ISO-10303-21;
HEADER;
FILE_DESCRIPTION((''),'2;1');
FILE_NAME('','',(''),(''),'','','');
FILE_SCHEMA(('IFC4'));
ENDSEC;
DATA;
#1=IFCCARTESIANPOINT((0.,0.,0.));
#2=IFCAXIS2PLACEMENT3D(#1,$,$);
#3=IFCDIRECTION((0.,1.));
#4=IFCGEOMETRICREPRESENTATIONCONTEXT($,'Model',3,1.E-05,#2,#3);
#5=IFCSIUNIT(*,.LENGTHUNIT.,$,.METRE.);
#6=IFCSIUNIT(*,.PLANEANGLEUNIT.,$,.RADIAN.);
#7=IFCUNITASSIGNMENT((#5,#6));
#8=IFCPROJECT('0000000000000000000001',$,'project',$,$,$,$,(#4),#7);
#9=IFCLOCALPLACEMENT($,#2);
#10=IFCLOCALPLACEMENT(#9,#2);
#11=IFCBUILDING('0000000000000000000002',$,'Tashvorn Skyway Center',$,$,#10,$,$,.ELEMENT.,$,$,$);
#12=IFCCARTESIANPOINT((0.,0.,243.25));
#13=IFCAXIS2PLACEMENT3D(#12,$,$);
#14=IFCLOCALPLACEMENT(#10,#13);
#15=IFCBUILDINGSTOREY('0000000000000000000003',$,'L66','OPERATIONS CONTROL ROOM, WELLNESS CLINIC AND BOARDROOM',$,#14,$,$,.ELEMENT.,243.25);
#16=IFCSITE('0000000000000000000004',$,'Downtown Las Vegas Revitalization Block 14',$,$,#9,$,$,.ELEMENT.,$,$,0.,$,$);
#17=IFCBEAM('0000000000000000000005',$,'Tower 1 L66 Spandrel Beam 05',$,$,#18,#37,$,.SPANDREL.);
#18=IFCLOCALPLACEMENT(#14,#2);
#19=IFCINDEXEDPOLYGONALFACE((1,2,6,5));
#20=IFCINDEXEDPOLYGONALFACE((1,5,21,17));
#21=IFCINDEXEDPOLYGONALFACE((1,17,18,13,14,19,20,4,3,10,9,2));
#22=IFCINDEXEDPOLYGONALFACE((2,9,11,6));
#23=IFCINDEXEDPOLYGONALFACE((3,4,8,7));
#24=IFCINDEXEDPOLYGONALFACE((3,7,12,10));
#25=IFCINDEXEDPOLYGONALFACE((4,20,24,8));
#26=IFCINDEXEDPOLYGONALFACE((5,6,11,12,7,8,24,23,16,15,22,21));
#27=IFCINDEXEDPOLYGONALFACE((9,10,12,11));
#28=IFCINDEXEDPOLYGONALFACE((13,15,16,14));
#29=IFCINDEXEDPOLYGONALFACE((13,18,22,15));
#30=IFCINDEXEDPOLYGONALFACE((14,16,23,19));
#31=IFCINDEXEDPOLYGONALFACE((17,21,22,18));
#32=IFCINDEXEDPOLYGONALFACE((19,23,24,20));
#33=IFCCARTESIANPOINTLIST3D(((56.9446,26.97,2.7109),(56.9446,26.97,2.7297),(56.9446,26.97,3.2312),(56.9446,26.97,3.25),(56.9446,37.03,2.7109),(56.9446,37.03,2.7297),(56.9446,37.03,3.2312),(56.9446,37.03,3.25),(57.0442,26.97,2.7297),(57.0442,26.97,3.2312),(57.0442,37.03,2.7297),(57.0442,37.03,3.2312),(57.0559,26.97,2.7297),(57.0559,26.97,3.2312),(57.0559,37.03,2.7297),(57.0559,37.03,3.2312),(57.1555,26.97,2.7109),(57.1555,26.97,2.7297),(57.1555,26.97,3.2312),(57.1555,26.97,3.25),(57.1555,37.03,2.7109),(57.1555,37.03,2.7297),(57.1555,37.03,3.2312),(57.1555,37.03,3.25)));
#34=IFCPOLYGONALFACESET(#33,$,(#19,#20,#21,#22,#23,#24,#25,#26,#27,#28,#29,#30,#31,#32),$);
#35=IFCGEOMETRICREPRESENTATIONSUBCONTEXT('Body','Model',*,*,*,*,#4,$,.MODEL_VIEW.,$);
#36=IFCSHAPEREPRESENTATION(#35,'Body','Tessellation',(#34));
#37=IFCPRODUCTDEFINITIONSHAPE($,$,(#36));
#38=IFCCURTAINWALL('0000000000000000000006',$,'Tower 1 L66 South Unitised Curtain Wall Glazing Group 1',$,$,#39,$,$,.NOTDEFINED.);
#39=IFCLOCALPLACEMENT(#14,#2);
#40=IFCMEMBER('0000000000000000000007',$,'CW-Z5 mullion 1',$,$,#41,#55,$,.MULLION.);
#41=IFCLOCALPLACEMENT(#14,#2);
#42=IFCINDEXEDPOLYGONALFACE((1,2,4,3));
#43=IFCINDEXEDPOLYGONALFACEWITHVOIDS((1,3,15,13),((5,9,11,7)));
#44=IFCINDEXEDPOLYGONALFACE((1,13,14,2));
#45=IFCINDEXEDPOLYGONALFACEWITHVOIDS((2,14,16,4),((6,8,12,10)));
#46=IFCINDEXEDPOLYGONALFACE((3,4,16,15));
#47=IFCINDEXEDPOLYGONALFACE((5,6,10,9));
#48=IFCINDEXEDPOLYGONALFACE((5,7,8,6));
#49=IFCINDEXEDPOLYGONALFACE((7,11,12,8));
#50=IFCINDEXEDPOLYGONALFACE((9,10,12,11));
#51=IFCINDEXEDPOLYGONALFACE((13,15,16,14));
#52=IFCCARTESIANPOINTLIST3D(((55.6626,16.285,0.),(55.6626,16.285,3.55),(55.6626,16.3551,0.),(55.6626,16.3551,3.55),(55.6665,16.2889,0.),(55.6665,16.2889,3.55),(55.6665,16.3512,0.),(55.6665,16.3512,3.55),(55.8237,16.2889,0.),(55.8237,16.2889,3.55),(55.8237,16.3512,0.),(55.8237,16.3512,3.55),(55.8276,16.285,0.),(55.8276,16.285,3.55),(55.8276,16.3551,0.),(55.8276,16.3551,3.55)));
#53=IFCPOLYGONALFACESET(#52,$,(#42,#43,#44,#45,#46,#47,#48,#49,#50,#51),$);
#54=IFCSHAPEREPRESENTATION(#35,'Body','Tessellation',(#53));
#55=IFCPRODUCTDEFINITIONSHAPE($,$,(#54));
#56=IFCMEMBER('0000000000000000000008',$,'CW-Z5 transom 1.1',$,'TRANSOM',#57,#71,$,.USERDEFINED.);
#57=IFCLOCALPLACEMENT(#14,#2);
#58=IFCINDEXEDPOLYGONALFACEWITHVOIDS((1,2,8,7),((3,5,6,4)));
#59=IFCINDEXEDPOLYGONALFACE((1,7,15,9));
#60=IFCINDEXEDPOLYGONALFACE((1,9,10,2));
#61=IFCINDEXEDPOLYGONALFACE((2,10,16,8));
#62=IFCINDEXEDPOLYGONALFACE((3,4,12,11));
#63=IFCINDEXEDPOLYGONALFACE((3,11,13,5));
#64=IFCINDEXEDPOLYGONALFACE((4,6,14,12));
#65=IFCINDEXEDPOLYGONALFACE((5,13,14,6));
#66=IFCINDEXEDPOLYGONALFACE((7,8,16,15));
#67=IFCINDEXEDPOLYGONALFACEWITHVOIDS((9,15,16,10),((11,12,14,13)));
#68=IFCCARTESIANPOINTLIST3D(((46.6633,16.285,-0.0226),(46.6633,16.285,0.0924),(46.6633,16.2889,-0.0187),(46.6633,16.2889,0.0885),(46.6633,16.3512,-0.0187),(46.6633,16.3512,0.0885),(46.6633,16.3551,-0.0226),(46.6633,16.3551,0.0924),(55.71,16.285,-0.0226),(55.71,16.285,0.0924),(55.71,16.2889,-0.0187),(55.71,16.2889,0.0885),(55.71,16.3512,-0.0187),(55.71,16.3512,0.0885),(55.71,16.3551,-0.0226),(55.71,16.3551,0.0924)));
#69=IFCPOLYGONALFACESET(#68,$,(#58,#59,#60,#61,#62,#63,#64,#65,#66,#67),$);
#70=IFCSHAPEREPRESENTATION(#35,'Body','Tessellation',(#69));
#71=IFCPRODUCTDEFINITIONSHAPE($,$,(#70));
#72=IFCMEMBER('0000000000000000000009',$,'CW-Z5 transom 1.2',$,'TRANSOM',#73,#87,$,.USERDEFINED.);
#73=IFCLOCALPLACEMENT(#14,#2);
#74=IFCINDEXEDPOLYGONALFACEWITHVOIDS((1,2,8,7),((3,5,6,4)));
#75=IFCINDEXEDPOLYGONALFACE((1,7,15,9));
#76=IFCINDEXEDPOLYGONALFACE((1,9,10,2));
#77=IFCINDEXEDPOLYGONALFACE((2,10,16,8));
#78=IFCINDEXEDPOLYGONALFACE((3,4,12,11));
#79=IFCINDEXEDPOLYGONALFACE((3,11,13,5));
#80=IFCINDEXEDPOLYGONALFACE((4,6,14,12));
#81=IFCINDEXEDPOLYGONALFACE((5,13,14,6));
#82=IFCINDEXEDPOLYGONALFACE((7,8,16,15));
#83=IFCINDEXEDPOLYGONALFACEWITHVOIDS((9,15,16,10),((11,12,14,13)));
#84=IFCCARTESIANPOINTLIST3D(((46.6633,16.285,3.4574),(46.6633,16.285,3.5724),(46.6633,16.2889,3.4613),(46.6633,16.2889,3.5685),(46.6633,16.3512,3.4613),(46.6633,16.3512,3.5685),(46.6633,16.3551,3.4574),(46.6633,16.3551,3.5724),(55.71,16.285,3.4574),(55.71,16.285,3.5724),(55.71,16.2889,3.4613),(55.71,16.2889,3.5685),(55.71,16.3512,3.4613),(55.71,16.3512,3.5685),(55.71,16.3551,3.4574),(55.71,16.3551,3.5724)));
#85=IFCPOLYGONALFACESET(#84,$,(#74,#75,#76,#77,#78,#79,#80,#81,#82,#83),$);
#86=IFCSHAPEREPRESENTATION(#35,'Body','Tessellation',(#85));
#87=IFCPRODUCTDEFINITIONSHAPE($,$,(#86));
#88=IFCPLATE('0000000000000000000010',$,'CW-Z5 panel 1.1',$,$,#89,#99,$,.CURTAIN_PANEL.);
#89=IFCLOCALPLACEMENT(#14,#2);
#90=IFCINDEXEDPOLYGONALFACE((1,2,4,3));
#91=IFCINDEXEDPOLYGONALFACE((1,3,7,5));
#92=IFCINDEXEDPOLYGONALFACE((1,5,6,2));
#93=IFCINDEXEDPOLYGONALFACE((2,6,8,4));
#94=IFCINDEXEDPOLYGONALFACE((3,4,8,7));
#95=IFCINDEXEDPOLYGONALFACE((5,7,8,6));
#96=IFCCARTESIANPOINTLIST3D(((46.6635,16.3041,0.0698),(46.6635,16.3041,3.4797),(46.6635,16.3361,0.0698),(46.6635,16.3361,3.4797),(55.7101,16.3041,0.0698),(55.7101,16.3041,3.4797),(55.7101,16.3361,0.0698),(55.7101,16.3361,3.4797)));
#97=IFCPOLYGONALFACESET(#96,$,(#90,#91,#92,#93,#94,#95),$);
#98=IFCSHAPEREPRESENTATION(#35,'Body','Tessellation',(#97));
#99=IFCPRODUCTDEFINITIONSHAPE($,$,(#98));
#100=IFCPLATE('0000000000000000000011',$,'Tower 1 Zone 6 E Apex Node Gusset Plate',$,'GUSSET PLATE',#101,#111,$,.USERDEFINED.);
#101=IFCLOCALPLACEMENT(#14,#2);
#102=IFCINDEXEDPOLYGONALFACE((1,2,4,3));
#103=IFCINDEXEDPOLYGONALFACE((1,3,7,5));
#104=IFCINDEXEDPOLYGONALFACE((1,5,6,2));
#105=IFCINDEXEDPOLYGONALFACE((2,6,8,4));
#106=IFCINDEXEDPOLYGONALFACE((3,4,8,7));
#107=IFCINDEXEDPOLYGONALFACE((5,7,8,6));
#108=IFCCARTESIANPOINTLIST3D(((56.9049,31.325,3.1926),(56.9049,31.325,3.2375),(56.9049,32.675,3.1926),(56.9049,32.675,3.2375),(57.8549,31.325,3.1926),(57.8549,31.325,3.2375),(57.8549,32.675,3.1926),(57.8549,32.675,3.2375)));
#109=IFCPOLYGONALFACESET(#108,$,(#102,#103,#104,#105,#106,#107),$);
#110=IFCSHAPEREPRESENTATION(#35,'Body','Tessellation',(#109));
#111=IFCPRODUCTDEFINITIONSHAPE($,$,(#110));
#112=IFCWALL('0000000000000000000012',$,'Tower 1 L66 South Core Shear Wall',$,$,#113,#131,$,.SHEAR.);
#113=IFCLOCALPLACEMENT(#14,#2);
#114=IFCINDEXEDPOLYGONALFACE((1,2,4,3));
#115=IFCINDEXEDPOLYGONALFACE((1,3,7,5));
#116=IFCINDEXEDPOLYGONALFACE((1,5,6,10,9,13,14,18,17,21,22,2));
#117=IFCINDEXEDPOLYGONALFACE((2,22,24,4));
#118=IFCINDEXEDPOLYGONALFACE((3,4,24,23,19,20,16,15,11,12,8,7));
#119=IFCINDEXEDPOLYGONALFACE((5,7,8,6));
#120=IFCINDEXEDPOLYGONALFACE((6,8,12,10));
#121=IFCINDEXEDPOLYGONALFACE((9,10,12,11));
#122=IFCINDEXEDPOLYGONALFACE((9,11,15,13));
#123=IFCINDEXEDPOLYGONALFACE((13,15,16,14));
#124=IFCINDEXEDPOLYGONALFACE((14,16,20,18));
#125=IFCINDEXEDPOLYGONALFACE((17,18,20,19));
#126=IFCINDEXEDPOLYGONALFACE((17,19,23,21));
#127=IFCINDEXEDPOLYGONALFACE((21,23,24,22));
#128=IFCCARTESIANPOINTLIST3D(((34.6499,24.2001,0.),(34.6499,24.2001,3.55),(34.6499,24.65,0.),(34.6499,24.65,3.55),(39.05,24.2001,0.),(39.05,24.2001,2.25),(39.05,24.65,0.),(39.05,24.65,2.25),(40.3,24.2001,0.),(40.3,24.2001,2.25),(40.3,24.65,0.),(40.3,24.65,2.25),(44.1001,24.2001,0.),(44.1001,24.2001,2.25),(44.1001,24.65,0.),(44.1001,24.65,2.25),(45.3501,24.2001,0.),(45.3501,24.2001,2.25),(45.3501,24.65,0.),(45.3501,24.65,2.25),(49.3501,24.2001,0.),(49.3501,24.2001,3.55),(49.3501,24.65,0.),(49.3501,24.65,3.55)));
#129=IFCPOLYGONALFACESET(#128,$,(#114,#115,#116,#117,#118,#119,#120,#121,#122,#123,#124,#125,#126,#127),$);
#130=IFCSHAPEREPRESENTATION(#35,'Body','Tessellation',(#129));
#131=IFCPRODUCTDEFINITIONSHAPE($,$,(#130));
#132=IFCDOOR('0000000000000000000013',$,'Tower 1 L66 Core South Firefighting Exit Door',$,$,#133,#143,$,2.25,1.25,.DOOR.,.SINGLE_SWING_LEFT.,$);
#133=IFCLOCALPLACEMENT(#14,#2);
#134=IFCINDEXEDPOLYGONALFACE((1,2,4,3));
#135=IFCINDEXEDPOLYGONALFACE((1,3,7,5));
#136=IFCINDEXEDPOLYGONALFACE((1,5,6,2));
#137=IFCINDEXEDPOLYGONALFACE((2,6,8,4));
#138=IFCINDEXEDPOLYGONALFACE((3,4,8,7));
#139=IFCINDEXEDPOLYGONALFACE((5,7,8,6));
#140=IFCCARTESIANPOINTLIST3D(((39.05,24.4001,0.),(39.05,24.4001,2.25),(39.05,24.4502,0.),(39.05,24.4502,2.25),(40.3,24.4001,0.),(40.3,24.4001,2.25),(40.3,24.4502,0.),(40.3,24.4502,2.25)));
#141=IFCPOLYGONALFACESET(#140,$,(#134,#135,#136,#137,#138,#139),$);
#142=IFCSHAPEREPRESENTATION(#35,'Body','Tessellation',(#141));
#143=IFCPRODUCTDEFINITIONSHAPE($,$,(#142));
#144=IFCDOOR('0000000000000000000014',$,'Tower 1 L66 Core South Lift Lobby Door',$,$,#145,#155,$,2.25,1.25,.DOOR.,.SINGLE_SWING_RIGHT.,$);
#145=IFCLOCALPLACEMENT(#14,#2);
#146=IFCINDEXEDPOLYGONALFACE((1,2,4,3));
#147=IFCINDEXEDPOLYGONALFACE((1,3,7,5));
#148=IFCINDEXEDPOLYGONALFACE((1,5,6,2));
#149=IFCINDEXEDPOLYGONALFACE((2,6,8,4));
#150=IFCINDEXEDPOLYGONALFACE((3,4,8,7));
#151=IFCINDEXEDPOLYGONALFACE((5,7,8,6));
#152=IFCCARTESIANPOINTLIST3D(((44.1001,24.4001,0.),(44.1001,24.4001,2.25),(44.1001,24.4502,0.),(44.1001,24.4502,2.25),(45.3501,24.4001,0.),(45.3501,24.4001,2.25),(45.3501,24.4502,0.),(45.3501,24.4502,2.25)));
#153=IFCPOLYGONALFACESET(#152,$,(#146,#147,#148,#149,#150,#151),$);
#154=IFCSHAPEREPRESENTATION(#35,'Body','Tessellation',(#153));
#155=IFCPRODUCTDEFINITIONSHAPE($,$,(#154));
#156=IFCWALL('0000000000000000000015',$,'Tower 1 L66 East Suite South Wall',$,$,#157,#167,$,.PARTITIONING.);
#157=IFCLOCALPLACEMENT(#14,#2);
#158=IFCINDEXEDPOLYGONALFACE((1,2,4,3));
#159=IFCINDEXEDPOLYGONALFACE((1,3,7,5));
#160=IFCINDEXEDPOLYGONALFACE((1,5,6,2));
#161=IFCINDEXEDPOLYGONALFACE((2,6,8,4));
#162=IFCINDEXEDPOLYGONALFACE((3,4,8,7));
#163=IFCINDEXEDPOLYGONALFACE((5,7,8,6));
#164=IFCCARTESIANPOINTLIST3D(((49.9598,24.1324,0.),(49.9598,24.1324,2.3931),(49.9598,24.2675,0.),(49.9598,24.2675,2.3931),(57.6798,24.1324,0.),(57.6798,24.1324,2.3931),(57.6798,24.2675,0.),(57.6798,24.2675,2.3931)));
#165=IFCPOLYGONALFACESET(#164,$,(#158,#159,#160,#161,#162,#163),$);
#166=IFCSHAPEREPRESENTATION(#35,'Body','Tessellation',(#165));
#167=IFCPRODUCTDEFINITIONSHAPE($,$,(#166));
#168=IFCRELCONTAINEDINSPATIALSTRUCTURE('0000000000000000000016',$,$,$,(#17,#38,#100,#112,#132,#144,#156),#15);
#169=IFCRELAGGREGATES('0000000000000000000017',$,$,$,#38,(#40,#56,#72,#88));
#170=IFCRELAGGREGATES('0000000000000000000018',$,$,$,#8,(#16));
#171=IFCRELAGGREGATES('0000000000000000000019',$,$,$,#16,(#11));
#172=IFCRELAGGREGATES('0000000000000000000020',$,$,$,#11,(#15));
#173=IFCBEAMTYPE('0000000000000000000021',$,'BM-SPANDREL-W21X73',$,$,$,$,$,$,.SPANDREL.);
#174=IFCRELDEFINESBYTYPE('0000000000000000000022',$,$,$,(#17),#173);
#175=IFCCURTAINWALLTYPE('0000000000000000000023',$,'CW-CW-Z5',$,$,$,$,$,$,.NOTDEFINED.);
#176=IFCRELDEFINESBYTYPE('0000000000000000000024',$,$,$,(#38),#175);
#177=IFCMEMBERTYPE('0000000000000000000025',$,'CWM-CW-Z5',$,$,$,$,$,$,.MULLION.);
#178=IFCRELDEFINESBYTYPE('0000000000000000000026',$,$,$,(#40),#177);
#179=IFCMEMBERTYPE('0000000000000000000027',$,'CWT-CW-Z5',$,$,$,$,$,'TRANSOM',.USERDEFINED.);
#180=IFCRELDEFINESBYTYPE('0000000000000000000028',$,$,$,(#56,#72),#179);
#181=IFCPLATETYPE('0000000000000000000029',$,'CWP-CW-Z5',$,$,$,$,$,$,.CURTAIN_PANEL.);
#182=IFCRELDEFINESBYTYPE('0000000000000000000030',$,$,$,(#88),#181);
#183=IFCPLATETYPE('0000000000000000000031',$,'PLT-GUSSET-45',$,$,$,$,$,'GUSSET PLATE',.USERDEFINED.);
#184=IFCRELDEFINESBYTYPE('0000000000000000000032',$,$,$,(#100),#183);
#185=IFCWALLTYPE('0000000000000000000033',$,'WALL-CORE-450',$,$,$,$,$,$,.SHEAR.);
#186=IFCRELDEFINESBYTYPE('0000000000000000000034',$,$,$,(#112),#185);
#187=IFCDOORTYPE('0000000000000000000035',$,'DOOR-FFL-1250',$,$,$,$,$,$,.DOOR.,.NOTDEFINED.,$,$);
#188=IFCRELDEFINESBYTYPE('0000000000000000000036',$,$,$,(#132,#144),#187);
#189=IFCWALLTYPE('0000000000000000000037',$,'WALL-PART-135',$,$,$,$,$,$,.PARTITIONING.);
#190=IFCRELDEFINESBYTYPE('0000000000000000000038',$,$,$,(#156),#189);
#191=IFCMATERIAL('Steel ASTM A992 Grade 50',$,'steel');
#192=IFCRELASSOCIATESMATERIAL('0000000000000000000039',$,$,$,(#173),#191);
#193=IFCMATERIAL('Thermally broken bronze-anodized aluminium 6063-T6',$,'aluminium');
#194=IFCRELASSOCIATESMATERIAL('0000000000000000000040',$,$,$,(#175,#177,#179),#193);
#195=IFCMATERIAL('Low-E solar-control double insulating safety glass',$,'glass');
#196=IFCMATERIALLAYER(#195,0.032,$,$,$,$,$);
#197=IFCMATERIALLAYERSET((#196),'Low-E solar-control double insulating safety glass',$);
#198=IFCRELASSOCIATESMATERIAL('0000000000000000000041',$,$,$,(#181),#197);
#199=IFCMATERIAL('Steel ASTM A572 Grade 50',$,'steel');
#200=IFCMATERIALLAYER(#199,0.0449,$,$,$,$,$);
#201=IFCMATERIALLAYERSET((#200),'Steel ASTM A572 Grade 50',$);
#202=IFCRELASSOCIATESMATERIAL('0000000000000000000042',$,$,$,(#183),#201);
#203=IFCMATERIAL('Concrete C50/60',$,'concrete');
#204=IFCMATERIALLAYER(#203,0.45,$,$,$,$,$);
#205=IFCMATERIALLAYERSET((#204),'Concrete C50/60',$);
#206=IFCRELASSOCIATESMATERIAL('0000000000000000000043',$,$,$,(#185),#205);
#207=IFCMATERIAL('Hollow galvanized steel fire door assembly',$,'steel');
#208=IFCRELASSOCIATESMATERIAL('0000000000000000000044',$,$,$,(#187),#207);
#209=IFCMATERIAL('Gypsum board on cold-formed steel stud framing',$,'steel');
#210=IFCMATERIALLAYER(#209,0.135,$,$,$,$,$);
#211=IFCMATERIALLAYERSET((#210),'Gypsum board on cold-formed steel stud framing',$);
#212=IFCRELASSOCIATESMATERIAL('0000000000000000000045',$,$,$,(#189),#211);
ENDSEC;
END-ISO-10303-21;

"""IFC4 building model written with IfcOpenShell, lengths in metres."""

from ifc_helpers import new_model, si_unit, direction, frame, frame_2d, origin, origin_2d, place, context, subcontext, project, spatial, rectangle, hollow_rectangle, i_section, extrude, material, layer, layer_set, material_profile, profile_set, type_object, element, fill, aggregate, save


model = new_model("IFC4")

# Units and contexts
model_context = context("Model", 3, precision=1e-05, world=origin(), true_north=direction((0.0, 1.0)))
body_context = subcontext(model_context, "Body", "Model", "MODEL_VIEW")
ifc_project = project(units=[si_unit("LENGTHUNIT", "METRE"), si_unit("PLANEANGLEUNIT", "RADIAN")], contexts=[model_context])

# Site, building, storey
site_placement = place(None, origin())
site = spatial("IfcSite", under=ifc_project, at=site_placement, Name="Downtown Las Vegas Revitalization Block 14", CompositionType="ELEMENT", RefElevation=0.0)
building_placement = place(site_placement, origin())
building = spatial("IfcBuilding", under=site, at=building_placement, Name="Tashvorn Skyway Center", CompositionType="ELEMENT")
storey_placement = place(building_placement, frame((0.0, 0.0, 243.25)))
storey = spatial("IfcBuildingStorey", under=building, at=storey_placement, Name="L66", Description="OPERATIONS CONTROL ROOM, WELLNESS CLINIC AND BOARDROOM", CompositionType="ELEMENT", Elevation=243.25)

# Shared definitions
ifc_material_1 = material(Name="Steel ASTM A572 Grade 50", Category="steel")

# Beam
ifc_material_2 = material(Name="Steel ASTM A992 Grade 50", Category="steel")
ifc_material_profile_1 = material_profile(ifc_material_2, i_section(OverallWidth=0.2109, OverallDepth=0.5391, WebThickness=0.0117, FlangeThickness=0.0188, at=origin_2d()), Name="W21X73")
ifc_profile_set_1 = profile_set([ifc_material_profile_1], Name="Steel ASTM A992 Grade 50")
beam_type_1 = type_object("IfcBeamType", Name="BM-SPANDREL-W21X73", PredefinedType="SPANDREL", material=ifc_profile_set_1)
beam_1_placement = place(storey_placement, frame((57.05, 26.97, 2.9805), z_axis=(0.0, 1.0, 0.0), x_axis=(-1.0, 0.0, 0.0)))
element("IfcBeam", 1, at=beam_1_placement, inside=storey, type_object=beam_type_1, Name="Tower 1 L66 Spandrel Beam 05", PredefinedType="SPANDREL", context=body_context, shape_type="SweptSolid", body=[
    extrude(i_section(OverallWidth=0.2109, OverallDepth=0.5391, WebThickness=0.0117, FlangeThickness=0.0188, at=origin_2d()), origin(), (0.0, 0.0, 1.0), 10.0601),
])

# Curtain wall, members, plate
ifc_material_3 = material(Name="Thermally broken bronze-anodized aluminium 6063-T6", Category="aluminium")
curtain_wall_type = type_object("IfcCurtainWallType", Name="CW-CW-Z5", PredefinedType="NOTDEFINED", material=ifc_material_3)
curtain_wall_placement = place(storey_placement, origin())
curtain_wall = element("IfcCurtainWall", 2, at=curtain_wall_placement, inside=storey, type_object=curtain_wall_type, Name="Tower 1 L66 South Unitised Curtain Wall Glazing Group 1", PredefinedType="NOTDEFINED")
ifc_material_profile_2 = material_profile(ifc_material_3, hollow_rectangle(XDim=0.0701, YDim=0.165, WallThickness=0.0039, at=origin_2d()), Name="ALU-MULL-70x165")
ifc_profile_set_2 = profile_set([ifc_material_profile_2], Name="Thermally broken bronze-anodized aluminium 6063-T6")
member_type_1 = type_object("IfcMemberType", Name="CWM-CW-Z5", PredefinedType="MULLION", material=ifc_profile_set_2)
member_1_placement = place(storey_placement, frame((55.7451, 16.3201, 0.0), z_axis=(0.0, 0.0, 1.0), x_axis=(0.0, -1.0, 0.0)))
member_1 = element("IfcMember", 3, at=member_1_placement, type_object=member_type_1, Name="CW-Z5 mullion 1", PredefinedType="MULLION", context=body_context, shape_type="SweptSolid", body=[
    extrude(hollow_rectangle(XDim=0.0701, YDim=0.165, WallThickness=0.0039, at=origin_2d()), origin(), (0.0, 0.0, 1.0), 3.55),
])
ifc_material_profile_3 = material_profile(ifc_material_3, hollow_rectangle(XDim=0.0701, YDim=0.115, WallThickness=0.0039, at=origin_2d()), Name="ALU-TRAN-70x115")
ifc_profile_set_3 = profile_set([ifc_material_profile_3], Name="Thermally broken bronze-anodized aluminium 6063-T6")
member_type_2 = type_object("IfcMemberType", Name="CWT-CW-Z5", ElementType="TRANSOM", PredefinedType="USERDEFINED", material=ifc_profile_set_3)
member_2_placement = place(storey_placement, frame((55.71, 16.3201, 0.0349), z_axis=(-1.0, 0.0, 0.0), x_axis=(0.0, -1.0, 0.0)))
member_2 = element("IfcMember", 4, at=member_2_placement, type_object=member_type_2, Name="CW-Z5 transom 1.1", ObjectType="TRANSOM", PredefinedType="USERDEFINED", context=body_context, shape_type="SweptSolid", body=[
    extrude(hollow_rectangle(XDim=0.0701, YDim=0.115, WallThickness=0.0039, at=origin_2d()), origin(), (0.0, 0.0, 1.0), 9.0466),
])
member_3_placement = place(storey_placement, frame((55.71, 16.3201, 3.5149), z_axis=(-1.0, 0.0, 0.0), x_axis=(0.0, -1.0, 0.0)))
member_3 = element("IfcMember", 5, at=member_3_placement, type_object=member_type_2, Name="CW-Z5 transom 1.2", ObjectType="TRANSOM", PredefinedType="USERDEFINED", context=body_context, shape_type="SweptSolid", body=[
    extrude(hollow_rectangle(XDim=0.0701, YDim=0.115, WallThickness=0.0039, at=origin_2d()), origin(), (0.0, 0.0, 1.0), 9.0466),
])
ifc_material_4 = material(Name="Low-E solar-control double insulating safety glass", Category="glass")
ifc_layer_1 = layer(ifc_material_4, 0.032)
ifc_layer_set_1 = layer_set([ifc_layer_1], Name="Low-E solar-control double insulating safety glass")
plate_type_1 = type_object("IfcPlateType", Name="CWP-CW-Z5", PredefinedType="CURTAIN_PANEL", material=ifc_layer_set_1)
plate_1_placement = place(storey_placement, frame((51.1868, 16.3201, 0.0698), z_axis=(0.0, 0.0, 1.0), x_axis=(-1.0, 0.0, 0.0)))
plate_1 = element("IfcPlate", 6, at=plate_1_placement, type_object=plate_type_1, Name="CW-Z5 panel 1.1", PredefinedType="CURTAIN_PANEL", context=body_context, shape_type="SweptSolid", body=[
    extrude(rectangle(XDim=9.0466, YDim=0.032, at=origin_2d()), origin(), (0.0, 0.0, 1.0), 3.4099),
])
aggregate(curtain_wall, [member_1, member_2, member_3, plate_1])

# Plate
ifc_layer_2 = layer(ifc_material_1, 0.0449)
ifc_layer_set_2 = layer_set([ifc_layer_2], Name="Steel ASTM A572 Grade 50")
plate_type_2 = type_object("IfcPlateType", Name="PLT-GUSSET-45", ElementType="GUSSET PLATE", PredefinedType="USERDEFINED", material=ifc_layer_set_2)
plate_2_placement = place(storey_placement, frame((57.3799, 32.0, 3.1926), z_axis=(0.0, 0.0, 1.0), x_axis=(0.0, 1.0, 0.0)))
element("IfcPlate", 7, at=plate_2_placement, inside=storey, type_object=plate_type_2, Name="Tower 1 Zone 6 E Apex Node Gusset Plate", ObjectType="GUSSET PLATE", PredefinedType="USERDEFINED", context=body_context, shape_type="SweptSolid", body=[
    extrude(rectangle(XDim=1.3501, YDim=0.95, at=origin_2d()), origin(), (0.0, 0.0, 1.0), 0.0449),
])

# Wall, openings, doors
ifc_material_5 = material(Name="Concrete C50/60", Category="concrete")
ifc_layer_3 = layer(ifc_material_5, 0.45)
ifc_layer_set_3 = layer_set([ifc_layer_3], Name="Concrete C50/60")
wall_type_1 = type_object("IfcWallType", Name="WALL-CORE-450", PredefinedType="SHEAR", material=ifc_layer_set_3)
wall_1_placement = place(storey_placement, frame((49.3501, 24.425, 0.0), z_axis=(0.0, 0.0, 1.0), x_axis=(-1.0, 0.0, 0.0)))
wall_1 = element("IfcWall", 8, at=wall_1_placement, inside=storey, type_object=wall_type_1, Name="Tower 1 L66 South Core Shear Wall", PredefinedType="SHEAR", context=body_context, shape_type="SweptSolid", body=[
    extrude(rectangle(XDim=14.7002, YDim=0.45, at=frame_2d((7.3501, 0.0))), origin(), (0.0, 0.0, 1.0), 3.55),
])
opening_1_placement = place(wall_1_placement, frame((9.05, 0.0, 0.0)))
opening_1 = element("IfcOpeningElement", 9, at=opening_1_placement, cuts=wall_1, PredefinedType="OPENING", context=body_context, shape_type="SweptSolid", body=[
    extrude(rectangle(XDim=1.25, YDim=2.25, at=frame_2d((0.625, 1.125))), frame((0.0, 0.2349, 0.0), z_axis=(0.0, -1.0, 0.0), x_axis=(1.0, 0.0, 0.0)), (0.0, 0.0, 1.0), 0.47),
])
opening_2_placement = place(wall_1_placement, frame((4.0, 0.0, 0.0)))
opening_2 = element("IfcOpeningElement", 10, at=opening_2_placement, cuts=wall_1, PredefinedType="OPENING", context=body_context, shape_type="SweptSolid", body=[
    extrude(rectangle(XDim=1.25, YDim=2.25, at=frame_2d((0.625, 1.125))), frame((0.0, 0.2349, 0.0), z_axis=(0.0, -1.0, 0.0), x_axis=(1.0, 0.0, 0.0)), (0.0, 0.0, 1.0), 0.47),
])
ifc_material_6 = material(Name="Hollow galvanized steel fire door assembly", Category="steel")
door_type = type_object("IfcDoorType", Name="DOOR-FFL-1250", OperationType="NOTDEFINED", PredefinedType="DOOR", material=ifc_material_6)
door_1_placement = place(opening_1_placement, origin())
door_1 = element("IfcDoor", 11, at=door_1_placement, inside=storey, type_object=door_type, Name="Tower 1 L66 Core South Firefighting Exit Door", OperationType="SINGLE_SWING_LEFT", OverallHeight=2.25, OverallWidth=1.25, PredefinedType="DOOR", context=body_context, shape_type="SweptSolid", body=[
    extrude(rectangle(XDim=1.25, YDim=2.25, at=frame_2d((0.625, 1.125))), frame((0.0, 0.0249, 0.0), z_axis=(0.0, -1.0, 0.0), x_axis=(1.0, 0.0, 0.0)), (0.0, 0.0, 1.0), 0.05),
])
fill(opening_1, door_1)
door_2_placement = place(opening_2_placement, origin())
door_2 = element("IfcDoor", 12, at=door_2_placement, inside=storey, type_object=door_type, Name="Tower 1 L66 Core South Lift Lobby Door", OperationType="SINGLE_SWING_RIGHT", OverallHeight=2.25, OverallWidth=1.25, PredefinedType="DOOR", context=body_context, shape_type="SweptSolid", body=[
    extrude(rectangle(XDim=1.25, YDim=2.25, at=frame_2d((0.625, 1.125))), frame((0.0, 0.0249, 0.0), z_axis=(0.0, -1.0, 0.0), x_axis=(1.0, 0.0, 0.0)), (0.0, 0.0, 1.0), 0.05),
])
fill(opening_2, door_2)

# Wall
ifc_material_7 = material(Name="Gypsum board on cold-formed steel stud framing", Category="steel")
ifc_layer_4 = layer(ifc_material_7, 0.135)
ifc_layer_set_4 = layer_set([ifc_layer_4], Name="Gypsum board on cold-formed steel stud framing")
wall_type_2 = type_object("IfcWallType", Name="WALL-PART-135", PredefinedType="PARTITIONING", material=ifc_layer_set_4)
wall_2_placement = place(storey_placement, frame((49.96, 24.2, 0.0), z_axis=(0.0, 0.0, 1.0), x_axis=(1.0, 0.0, 0.0)))
element("IfcWall", 13, at=wall_2_placement, inside=storey, type_object=wall_type_2, Name="Tower 1 L66 East Suite South Wall", PredefinedType="PARTITIONING", context=body_context, shape_type="SweptSolid", body=[
    extrude(rectangle(XDim=7.72, YDim=0.135, at=frame_2d((3.8599, 0.0))), origin(), (0.0, 0.0, 1.0), 2.3931),
])

save(model, "model.ifc")
